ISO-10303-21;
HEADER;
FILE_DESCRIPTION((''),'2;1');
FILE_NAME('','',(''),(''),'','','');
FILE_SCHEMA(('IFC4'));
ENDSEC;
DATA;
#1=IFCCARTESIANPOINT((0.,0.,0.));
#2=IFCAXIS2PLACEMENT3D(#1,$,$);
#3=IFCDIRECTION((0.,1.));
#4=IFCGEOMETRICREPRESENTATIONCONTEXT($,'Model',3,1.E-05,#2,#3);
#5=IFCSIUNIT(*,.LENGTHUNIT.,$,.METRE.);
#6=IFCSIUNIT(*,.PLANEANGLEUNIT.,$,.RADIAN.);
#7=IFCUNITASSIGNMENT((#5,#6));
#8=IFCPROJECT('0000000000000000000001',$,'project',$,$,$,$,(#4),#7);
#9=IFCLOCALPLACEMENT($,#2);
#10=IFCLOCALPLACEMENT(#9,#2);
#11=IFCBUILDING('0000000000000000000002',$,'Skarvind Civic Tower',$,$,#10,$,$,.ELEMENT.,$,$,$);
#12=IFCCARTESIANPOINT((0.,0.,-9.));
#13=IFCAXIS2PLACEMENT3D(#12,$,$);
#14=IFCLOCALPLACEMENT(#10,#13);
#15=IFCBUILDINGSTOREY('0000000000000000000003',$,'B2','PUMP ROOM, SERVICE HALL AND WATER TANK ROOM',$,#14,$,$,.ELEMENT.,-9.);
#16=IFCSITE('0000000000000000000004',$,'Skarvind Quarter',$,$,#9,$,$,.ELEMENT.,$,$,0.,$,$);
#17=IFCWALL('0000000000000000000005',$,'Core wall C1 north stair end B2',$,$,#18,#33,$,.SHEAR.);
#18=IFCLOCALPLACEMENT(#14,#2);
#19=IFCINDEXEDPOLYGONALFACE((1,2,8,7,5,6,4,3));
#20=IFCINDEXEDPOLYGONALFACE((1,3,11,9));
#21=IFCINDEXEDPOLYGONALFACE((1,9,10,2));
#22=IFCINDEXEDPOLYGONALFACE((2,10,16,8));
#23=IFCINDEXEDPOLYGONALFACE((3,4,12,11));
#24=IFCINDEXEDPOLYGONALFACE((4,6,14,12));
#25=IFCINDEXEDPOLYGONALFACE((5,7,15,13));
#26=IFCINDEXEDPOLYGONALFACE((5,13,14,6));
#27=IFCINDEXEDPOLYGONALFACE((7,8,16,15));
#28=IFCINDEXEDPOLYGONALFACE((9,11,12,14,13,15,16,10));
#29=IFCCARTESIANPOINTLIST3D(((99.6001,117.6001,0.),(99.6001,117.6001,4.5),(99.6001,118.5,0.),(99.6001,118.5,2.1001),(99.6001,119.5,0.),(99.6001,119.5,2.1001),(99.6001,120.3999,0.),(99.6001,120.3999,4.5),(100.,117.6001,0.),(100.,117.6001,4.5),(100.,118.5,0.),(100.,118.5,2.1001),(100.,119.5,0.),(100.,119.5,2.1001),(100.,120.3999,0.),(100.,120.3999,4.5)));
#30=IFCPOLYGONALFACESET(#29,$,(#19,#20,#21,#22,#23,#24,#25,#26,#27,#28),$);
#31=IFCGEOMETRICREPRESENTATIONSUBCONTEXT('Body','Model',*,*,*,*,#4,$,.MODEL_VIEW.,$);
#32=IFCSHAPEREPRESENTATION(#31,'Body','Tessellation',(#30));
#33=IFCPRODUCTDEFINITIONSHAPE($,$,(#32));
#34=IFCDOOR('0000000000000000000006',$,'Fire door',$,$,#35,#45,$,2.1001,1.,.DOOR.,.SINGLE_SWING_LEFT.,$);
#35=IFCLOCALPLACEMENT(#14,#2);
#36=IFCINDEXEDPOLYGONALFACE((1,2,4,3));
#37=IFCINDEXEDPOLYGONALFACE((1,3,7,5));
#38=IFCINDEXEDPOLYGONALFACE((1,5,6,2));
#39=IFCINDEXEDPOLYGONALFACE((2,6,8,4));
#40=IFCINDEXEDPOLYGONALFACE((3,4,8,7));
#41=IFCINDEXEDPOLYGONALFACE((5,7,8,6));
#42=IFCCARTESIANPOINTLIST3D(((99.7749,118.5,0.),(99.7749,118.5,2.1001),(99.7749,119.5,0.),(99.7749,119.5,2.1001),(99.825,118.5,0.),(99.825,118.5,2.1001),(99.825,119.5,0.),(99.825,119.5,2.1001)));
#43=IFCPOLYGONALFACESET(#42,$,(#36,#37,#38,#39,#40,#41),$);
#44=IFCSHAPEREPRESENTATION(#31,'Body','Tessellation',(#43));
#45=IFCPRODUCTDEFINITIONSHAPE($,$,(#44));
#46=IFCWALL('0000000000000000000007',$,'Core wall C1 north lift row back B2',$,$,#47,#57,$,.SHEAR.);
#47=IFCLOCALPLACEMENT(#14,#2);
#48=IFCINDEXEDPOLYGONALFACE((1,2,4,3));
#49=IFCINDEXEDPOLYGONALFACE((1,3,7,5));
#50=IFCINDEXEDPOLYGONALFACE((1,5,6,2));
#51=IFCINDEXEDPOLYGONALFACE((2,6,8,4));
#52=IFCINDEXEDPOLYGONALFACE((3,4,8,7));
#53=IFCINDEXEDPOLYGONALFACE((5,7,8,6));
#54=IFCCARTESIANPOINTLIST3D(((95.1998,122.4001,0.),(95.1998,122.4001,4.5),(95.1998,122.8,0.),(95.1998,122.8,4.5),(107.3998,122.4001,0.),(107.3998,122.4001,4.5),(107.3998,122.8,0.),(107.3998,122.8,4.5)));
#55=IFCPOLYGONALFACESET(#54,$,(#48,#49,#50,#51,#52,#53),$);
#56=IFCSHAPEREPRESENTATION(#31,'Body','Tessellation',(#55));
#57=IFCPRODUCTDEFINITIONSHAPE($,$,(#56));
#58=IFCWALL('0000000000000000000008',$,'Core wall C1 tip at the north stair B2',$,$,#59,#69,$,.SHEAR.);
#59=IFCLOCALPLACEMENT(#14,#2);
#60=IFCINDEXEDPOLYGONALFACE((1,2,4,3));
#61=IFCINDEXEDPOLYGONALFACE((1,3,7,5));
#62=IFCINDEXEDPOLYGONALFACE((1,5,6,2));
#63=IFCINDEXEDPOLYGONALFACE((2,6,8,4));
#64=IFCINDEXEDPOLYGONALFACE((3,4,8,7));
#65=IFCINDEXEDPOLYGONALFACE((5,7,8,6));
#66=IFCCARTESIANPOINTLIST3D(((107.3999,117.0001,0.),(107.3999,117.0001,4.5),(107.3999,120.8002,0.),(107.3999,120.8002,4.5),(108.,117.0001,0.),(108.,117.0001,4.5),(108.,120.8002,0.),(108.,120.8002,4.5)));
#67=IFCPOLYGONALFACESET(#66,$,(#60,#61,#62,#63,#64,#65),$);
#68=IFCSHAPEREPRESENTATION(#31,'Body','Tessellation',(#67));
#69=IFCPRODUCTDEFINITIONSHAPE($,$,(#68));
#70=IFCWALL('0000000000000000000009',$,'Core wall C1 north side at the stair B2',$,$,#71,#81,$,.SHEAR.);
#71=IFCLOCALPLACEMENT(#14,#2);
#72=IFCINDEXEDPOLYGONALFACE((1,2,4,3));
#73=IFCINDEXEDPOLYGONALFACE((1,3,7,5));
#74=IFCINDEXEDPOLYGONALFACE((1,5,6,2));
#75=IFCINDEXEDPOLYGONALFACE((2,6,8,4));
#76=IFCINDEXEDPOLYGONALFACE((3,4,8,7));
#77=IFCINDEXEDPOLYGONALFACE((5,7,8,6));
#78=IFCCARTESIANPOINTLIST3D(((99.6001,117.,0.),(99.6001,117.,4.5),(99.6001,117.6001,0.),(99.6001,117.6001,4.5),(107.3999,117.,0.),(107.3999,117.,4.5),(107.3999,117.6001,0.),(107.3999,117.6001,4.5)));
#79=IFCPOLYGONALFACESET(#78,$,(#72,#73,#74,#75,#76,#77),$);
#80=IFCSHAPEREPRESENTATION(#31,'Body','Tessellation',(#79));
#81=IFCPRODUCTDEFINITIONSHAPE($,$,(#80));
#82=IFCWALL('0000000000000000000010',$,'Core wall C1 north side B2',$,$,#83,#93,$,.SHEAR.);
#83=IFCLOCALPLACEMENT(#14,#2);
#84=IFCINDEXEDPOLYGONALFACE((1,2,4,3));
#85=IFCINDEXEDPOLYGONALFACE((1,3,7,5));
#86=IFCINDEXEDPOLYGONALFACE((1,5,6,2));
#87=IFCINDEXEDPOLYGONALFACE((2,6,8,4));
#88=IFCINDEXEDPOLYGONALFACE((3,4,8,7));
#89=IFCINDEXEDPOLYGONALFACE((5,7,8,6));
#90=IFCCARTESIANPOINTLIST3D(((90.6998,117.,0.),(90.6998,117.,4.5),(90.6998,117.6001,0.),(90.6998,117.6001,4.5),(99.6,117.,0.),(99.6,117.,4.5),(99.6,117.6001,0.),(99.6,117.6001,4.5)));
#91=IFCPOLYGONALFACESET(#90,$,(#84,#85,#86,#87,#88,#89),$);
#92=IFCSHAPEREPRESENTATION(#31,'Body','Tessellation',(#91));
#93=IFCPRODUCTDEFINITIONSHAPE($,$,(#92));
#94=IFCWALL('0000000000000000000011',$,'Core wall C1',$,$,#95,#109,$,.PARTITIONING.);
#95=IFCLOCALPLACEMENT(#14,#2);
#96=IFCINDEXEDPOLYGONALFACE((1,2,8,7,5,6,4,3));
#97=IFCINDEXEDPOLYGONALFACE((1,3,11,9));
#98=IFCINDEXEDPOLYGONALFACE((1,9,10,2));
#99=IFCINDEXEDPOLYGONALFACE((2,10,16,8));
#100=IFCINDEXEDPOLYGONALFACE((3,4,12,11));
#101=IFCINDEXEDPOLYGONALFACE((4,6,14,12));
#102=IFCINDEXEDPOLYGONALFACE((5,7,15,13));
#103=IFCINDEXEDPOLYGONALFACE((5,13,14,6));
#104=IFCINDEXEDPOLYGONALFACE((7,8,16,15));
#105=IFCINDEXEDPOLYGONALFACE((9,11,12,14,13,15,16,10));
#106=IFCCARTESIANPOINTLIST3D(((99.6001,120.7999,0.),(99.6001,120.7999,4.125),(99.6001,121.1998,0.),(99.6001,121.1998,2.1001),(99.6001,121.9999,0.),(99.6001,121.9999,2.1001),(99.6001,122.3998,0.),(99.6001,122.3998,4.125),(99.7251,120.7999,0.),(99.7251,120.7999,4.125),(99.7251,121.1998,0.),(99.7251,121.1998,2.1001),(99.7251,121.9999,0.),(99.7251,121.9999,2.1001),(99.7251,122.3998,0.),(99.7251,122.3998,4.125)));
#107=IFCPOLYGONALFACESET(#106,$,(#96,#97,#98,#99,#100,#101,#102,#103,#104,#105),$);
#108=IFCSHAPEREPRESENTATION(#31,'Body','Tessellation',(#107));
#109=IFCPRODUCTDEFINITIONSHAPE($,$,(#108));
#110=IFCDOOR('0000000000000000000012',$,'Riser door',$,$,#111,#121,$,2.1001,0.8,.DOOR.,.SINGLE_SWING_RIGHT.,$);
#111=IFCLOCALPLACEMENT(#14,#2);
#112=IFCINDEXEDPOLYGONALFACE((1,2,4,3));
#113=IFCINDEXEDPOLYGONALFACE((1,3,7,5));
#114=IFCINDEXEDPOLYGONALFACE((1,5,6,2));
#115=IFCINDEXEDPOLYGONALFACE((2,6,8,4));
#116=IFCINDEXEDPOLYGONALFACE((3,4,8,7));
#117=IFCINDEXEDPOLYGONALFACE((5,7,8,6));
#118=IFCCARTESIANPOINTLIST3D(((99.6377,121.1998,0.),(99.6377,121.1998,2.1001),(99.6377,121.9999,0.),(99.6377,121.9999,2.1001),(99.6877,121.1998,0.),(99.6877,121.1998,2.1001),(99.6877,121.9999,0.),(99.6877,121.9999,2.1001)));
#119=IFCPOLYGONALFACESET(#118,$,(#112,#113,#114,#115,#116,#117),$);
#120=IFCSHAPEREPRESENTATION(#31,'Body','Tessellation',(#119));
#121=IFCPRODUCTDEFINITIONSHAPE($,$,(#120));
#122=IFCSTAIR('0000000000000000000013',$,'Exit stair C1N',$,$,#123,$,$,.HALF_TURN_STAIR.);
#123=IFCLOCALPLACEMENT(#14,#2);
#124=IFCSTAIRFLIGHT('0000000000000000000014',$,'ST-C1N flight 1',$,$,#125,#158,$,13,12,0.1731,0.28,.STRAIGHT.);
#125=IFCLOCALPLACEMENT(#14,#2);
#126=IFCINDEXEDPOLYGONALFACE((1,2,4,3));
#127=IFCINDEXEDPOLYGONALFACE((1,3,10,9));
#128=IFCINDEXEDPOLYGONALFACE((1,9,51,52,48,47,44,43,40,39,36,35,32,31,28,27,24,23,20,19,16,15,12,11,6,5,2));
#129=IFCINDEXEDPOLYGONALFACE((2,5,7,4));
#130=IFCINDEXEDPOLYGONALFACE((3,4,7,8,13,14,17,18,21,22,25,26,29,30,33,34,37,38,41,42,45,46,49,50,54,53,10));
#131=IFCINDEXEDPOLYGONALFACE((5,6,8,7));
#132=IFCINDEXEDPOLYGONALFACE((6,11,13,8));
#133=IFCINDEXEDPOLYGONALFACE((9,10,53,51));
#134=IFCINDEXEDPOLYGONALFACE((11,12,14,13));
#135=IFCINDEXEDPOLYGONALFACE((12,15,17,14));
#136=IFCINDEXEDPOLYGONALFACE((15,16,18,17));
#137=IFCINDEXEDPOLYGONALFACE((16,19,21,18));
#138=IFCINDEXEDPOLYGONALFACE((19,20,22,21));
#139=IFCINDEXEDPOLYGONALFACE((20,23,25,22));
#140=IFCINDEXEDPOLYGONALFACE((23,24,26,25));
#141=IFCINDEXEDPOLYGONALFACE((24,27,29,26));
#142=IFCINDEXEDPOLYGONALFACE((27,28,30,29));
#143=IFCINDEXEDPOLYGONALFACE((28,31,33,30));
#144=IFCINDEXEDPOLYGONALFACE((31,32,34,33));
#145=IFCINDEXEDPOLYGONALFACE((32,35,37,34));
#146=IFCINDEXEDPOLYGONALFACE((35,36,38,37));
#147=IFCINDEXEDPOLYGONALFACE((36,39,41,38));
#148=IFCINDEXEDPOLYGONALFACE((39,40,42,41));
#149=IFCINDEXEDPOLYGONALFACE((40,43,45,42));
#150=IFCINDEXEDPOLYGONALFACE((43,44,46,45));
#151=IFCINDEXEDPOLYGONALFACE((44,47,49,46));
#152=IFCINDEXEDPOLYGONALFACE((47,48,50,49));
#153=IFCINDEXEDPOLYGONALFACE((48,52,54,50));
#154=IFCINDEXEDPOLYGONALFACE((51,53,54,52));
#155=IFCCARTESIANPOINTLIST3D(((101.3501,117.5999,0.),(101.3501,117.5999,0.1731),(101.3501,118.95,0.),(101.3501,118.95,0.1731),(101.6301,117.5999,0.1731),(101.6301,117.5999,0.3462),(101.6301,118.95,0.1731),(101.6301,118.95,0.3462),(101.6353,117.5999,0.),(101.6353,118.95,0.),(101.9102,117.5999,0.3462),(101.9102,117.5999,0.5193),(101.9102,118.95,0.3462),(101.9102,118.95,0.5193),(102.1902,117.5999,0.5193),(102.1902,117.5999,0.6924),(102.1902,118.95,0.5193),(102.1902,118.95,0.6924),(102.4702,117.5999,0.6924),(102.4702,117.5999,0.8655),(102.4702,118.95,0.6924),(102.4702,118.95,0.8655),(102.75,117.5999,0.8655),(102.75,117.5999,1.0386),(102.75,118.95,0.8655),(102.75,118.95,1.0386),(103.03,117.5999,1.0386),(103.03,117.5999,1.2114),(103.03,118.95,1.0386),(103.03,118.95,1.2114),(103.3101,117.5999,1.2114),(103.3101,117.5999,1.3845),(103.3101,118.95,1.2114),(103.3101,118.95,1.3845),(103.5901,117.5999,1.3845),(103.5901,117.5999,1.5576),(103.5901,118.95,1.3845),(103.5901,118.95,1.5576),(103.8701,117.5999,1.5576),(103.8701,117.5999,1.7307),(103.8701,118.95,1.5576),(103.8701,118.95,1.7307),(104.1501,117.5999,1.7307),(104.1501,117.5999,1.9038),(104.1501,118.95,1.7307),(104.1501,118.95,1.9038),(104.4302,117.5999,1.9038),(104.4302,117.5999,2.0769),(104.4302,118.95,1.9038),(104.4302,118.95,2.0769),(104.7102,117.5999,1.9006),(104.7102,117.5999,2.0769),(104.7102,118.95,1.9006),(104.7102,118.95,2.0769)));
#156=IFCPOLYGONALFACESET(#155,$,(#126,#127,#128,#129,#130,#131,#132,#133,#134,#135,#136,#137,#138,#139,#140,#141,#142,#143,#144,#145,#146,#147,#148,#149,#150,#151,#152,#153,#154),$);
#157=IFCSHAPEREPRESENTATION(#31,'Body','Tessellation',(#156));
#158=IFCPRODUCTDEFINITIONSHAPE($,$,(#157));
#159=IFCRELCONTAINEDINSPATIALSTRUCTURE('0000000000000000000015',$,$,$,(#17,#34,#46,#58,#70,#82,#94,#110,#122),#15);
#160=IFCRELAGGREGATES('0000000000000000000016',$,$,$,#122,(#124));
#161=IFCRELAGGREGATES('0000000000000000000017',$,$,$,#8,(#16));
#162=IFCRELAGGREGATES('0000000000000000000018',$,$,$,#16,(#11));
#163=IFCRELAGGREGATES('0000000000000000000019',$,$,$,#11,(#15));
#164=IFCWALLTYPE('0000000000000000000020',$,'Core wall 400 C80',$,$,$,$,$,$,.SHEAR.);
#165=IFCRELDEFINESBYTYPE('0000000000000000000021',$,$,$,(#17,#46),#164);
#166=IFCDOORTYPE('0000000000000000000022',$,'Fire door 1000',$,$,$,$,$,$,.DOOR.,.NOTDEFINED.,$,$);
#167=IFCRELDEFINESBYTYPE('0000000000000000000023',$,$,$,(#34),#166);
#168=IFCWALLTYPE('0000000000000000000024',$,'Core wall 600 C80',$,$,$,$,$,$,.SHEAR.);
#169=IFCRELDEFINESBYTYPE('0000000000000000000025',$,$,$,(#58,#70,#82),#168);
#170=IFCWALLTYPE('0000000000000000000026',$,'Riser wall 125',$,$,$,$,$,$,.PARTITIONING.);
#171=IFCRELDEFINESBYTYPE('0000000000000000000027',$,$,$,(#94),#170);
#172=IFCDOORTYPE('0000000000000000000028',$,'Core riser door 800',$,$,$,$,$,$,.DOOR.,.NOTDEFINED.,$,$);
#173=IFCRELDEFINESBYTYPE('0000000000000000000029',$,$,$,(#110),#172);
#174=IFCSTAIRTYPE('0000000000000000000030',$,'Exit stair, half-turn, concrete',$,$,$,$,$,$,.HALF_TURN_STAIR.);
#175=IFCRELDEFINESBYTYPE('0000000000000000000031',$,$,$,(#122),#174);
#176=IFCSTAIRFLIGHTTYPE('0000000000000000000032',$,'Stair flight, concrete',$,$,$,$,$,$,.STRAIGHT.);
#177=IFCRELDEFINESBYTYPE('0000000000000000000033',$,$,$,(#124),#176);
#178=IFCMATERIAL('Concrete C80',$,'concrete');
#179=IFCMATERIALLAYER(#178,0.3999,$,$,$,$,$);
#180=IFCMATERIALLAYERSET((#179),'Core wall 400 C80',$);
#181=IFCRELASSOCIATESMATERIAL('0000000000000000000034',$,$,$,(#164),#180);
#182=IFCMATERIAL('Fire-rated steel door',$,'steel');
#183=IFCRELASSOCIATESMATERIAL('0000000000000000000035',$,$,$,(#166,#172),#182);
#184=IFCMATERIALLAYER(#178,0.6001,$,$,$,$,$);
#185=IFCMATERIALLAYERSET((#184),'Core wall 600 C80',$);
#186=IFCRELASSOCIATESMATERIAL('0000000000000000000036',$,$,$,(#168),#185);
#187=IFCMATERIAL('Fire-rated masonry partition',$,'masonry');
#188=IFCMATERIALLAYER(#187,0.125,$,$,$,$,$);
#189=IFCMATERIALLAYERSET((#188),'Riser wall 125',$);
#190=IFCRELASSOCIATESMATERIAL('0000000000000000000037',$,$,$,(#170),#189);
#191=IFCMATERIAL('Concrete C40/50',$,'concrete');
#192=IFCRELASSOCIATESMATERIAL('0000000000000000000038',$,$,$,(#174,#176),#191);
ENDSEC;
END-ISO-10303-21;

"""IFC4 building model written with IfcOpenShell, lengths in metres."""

from ifc_helpers import new_model, si_unit, direction, frame, frame_2d, origin, place, context, subcontext, project, spatial, polyline, rectangle, outline, extrude, material, layer, layer_set, type_object, element, fill, aggregate, save


model = new_model("IFC4")

# Units and contexts
model_context = context("Model", 3, precision=1e-05, world=origin(), true_north=direction((0.0, 1.0)))
body_context = subcontext(model_context, "Body", "Model", "MODEL_VIEW")
ifc_project = project(units=[si_unit("LENGTHUNIT", "METRE"), si_unit("PLANEANGLEUNIT", "RADIAN")], contexts=[model_context])

# Site, building, storey
site_placement = place(None, origin())
site = spatial("IfcSite", under=ifc_project, at=site_placement, Name="Skarvind Quarter", CompositionType="ELEMENT", RefElevation=0.0)
building_placement = place(site_placement, origin())
building = spatial("IfcBuilding", under=site, at=building_placement, Name="Skarvind Civic Tower", CompositionType="ELEMENT")
storey_placement = place(building_placement, frame((0.0, 0.0, -9.0)))
storey = spatial("IfcBuildingStorey", under=building, at=storey_placement, Name="B2", Description="PUMP ROOM, SERVICE HALL AND WATER TANK ROOM", CompositionType="ELEMENT", Elevation=-9.0)

# Shared definitions
ifc_material_1 = material(Name="Concrete C80", Category="concrete")
ifc_layer_1 = layer(ifc_material_1, 0.3999)
ifc_layer_set_1 = layer_set([ifc_layer_1], Name="Core wall 400 C80")
wall_type_1 = type_object("IfcWallType", Name="Core wall 400 C80", PredefinedType="SHEAR", material=ifc_layer_set_1)

# Wall, opening, door
wall_1_placement = place(storey_placement, frame((99.8, 120.3999, 0.0), z_axis=(0.0, 0.0, 1.0), x_axis=(0.0, -1.0, 0.0)))
wall_1 = element("IfcWall", 1, at=wall_1_placement, inside=storey, type_object=wall_type_1, Name="Core wall C1 north stair end B2", PredefinedType="SHEAR", context=body_context, shape_type="SweptSolid", body=[
    extrude(rectangle(XDim=2.7998, YDim=0.3999, at=frame_2d((1.3999, 0.0))), origin(), (0.0, 0.0, 1.0), 4.5),
])
opening_1_placement = place(wall_1_placement, frame((0.8999, 0.0, 0.0)))
opening_1 = element("IfcOpeningElement", 2, at=opening_1_placement, cuts=wall_1, PredefinedType="OPENING", context=body_context, shape_type="SweptSolid", body=[
    extrude(rectangle(XDim=1.0, YDim=2.1001, at=frame_2d((0.5, 1.05))), frame((0.0, 0.21, 0.0), z_axis=(0.0, -1.0, 0.0), x_axis=(1.0, 0.0, 0.0)), (0.0, 0.0, 1.0), 0.4199),
])
ifc_material_2 = material(Name="Fire-rated steel door", Category="steel")
door_type_1 = type_object("IfcDoorType", Name="Fire door 1000", OperationType="NOTDEFINED", PredefinedType="DOOR", material=ifc_material_2)
door_1_placement = place(opening_1_placement, origin())
door_1 = element("IfcDoor", 3, at=door_1_placement, inside=storey, type_object=door_type_1, Name="Fire door", OperationType="SINGLE_SWING_LEFT", OverallHeight=2.1001, OverallWidth=1.0, PredefinedType="DOOR", context=body_context, shape_type="SweptSolid", body=[
    extrude(rectangle(XDim=1.0, YDim=2.1001, at=frame_2d((0.5, 1.05))), frame((0.0, 0.0249, 0.0), z_axis=(0.0, -1.0, 0.0), x_axis=(1.0, 0.0, 0.0)), (0.0, 0.0, 1.0), 0.05),
])
fill(opening_1, door_1)

# Walls
wall_2_placement = place(storey_placement, frame((107.3999, 122.6001, 0.0), z_axis=(0.0, 0.0, 1.0), x_axis=(-1.0, 0.0, 0.0)))
element("IfcWall", 4, at=wall_2_placement, inside=storey, type_object=wall_type_1, Name="Core wall C1 north lift row back B2", PredefinedType="SHEAR", context=body_context, shape_type="SweptSolid", body=[
    extrude(rectangle(XDim=12.2, YDim=0.3999, at=frame_2d((6.1001, 0.0))), origin(), (0.0, 0.0, 1.0), 4.5),
])
ifc_layer_2 = layer(ifc_material_1, 0.6001)
ifc_layer_set_2 = layer_set([ifc_layer_2], Name="Core wall 600 C80")
wall_type_2 = type_object("IfcWallType", Name="Core wall 600 C80", PredefinedType="SHEAR", material=ifc_layer_set_2)
wall_3_placement = place(storey_placement, frame((107.7, 120.8, 0.0), z_axis=(0.0, 0.0, 1.0), x_axis=(0.0, -1.0, 0.0)))
element("IfcWall", 5, at=wall_3_placement, inside=storey, type_object=wall_type_2, Name="Core wall C1 tip at the north stair B2", PredefinedType="SHEAR", context=body_context, shape_type="SweptSolid", body=[
    extrude(rectangle(XDim=3.8, YDim=0.6001, at=frame_2d((1.8999, 0.0))), origin(), (0.0, 0.0, 1.0), 4.5),
])
wall_4_placement = place(storey_placement, frame((107.3999, 117.3, 0.0), z_axis=(0.0, 0.0, 1.0), x_axis=(-1.0, 0.0, 0.0)))
element("IfcWall", 6, at=wall_4_placement, inside=storey, type_object=wall_type_2, Name="Core wall C1 north side at the stair B2", PredefinedType="SHEAR", context=body_context, shape_type="SweptSolid", body=[
    extrude(rectangle(XDim=7.7998, YDim=0.6001, at=frame_2d((3.8999, 0.0))), origin(), (0.0, 0.0, 1.0), 4.5),
])
wall_5_placement = place(storey_placement, frame((99.6001, 117.3, 0.0), z_axis=(0.0, 0.0, 1.0), x_axis=(-1.0, 0.0, 0.0)))
element("IfcWall", 7, at=wall_5_placement, inside=storey, type_object=wall_type_2, Name="Core wall C1 north side B2", PredefinedType="SHEAR", context=body_context, shape_type="SweptSolid", body=[
    extrude(rectangle(XDim=8.9001, YDim=0.6001, at=frame_2d((4.4502, 0.0))), origin(), (0.0, 0.0, 1.0), 4.5),
])

# Wall, opening, door
ifc_material_3 = material(Name="Fire-rated masonry partition", Category="masonry")
ifc_layer_3 = layer(ifc_material_3, 0.125)
ifc_layer_set_3 = layer_set([ifc_layer_3], Name="Riser wall 125")
wall_type_3 = type_object("IfcWallType", Name="Riser wall 125", PredefinedType="PARTITIONING", material=ifc_layer_set_3)
wall_6_placement = place(storey_placement, frame((99.6626, 120.8, 0.0), z_axis=(0.0, 0.0, 1.0), x_axis=(0.0, 1.0, 0.0)))
wall_6 = element("IfcWall", 8, at=wall_6_placement, inside=storey, type_object=wall_type_3, Name="Core wall C1", PredefinedType="PARTITIONING", context=body_context, shape_type="SweptSolid", body=[
    extrude(rectangle(XDim=1.5999, YDim=0.125, at=frame_2d((0.7998, 0.0))), origin(), (0.0, 0.0, 1.0), 4.125),
])
opening_2_placement = place(wall_6_placement, frame((0.3999, 0.0, 0.0)))
opening_2 = element("IfcOpeningElement", 9, at=opening_2_placement, cuts=wall_6, PredefinedType="OPENING", context=body_context, shape_type="SweptSolid", body=[
    extrude(rectangle(XDim=0.8, YDim=2.1001, at=frame_2d((0.3999, 1.05))), frame((0.0, 0.0725, 0.0), z_axis=(0.0, -1.0, 0.0), x_axis=(1.0, 0.0, 0.0)), (0.0, 0.0, 1.0), 0.145),
])
door_type_2 = type_object("IfcDoorType", Name="Core riser door 800", OperationType="NOTDEFINED", PredefinedType="DOOR", material=ifc_material_2)
door_2_placement = place(opening_2_placement, origin())
door_2 = element("IfcDoor", 10, at=door_2_placement, inside=storey, type_object=door_type_2, Name="Riser door", OperationType="SINGLE_SWING_RIGHT", OverallHeight=2.1001, OverallWidth=0.8, PredefinedType="DOOR", context=body_context, shape_type="SweptSolid", body=[
    extrude(rectangle(XDim=0.8, YDim=2.1001, at=frame_2d((0.3999, 1.05))), frame((0.0, 0.0249, 0.0), z_axis=(0.0, -1.0, 0.0), x_axis=(1.0, 0.0, 0.0)), (0.0, 0.0, 1.0), 0.05),
])
fill(opening_2, door_2)

# Stair, stair flight
ifc_material_4 = material(Name="Concrete C40/50", Category="concrete")
stair_type = type_object("IfcStairType", Name="Exit stair, half-turn, concrete", PredefinedType="HALF_TURN_STAIR", material=ifc_material_4)
stair_placement = place(storey_placement, origin())
stair = element("IfcStair", 11, at=stair_placement, inside=storey, type_object=stair_type, Name="Exit stair C1N", PredefinedType="HALF_TURN_STAIR")
stair_flight_type = type_object("IfcStairFlightType", Name="Stair flight, concrete", PredefinedType="STRAIGHT", material=ifc_material_4)
stair_flight_1_placement = place(storey_placement, frame((101.3501, 118.2749, 0.0), z_axis=(0.0, 0.0, 1.0), x_axis=(1.0, 0.0, 0.0)))
stair_flight_1 = element("IfcStairFlight", 12, at=stair_flight_1_placement, type_object=stair_flight_type, Name="ST-C1N flight 1", NumberOfRisers=13, NumberOfTreads=12, PredefinedType="STRAIGHT", RiserHeight=0.1731, TreadLength=0.28, context=body_context, shape_type="SweptSolid", body=[
    extrude(outline(polyline([(0.0, 0.0), (0.0, 0.1731), (0.28, 0.1731), (0.28, 0.3462), (0.5601, 0.3462), (0.5601, 0.5193), (0.8401, 0.5193), (0.8401, 0.6924), (1.1201, 0.6924), (1.1201, 0.8655), (1.3999, 0.8655), (1.3999, 1.0386), (1.6799, 1.0386), (1.6799, 1.2114), (1.96, 1.2114), (1.96, 1.3845), (2.24, 1.3845), (2.24, 1.5576), (2.52, 1.5576), (2.52, 1.7307), (2.8, 1.7307), (2.8, 1.9038), (3.0801, 1.9038), (3.0801, 2.0769), (3.3601, 2.0769), (3.3601, 2.25), (3.3601, 1.9006), (0.2852, 0.0), (0.0, 0.0)])), frame((0.0, 0.675, 0.0), z_axis=(0.0, -1.0, 0.0), x_axis=(1.0, 0.0, 0.0)), (0.0, 0.0, 1.0), 1.3501),
])
aggregate(stair, [stair_flight_1])

save(model, "model.ifc")
